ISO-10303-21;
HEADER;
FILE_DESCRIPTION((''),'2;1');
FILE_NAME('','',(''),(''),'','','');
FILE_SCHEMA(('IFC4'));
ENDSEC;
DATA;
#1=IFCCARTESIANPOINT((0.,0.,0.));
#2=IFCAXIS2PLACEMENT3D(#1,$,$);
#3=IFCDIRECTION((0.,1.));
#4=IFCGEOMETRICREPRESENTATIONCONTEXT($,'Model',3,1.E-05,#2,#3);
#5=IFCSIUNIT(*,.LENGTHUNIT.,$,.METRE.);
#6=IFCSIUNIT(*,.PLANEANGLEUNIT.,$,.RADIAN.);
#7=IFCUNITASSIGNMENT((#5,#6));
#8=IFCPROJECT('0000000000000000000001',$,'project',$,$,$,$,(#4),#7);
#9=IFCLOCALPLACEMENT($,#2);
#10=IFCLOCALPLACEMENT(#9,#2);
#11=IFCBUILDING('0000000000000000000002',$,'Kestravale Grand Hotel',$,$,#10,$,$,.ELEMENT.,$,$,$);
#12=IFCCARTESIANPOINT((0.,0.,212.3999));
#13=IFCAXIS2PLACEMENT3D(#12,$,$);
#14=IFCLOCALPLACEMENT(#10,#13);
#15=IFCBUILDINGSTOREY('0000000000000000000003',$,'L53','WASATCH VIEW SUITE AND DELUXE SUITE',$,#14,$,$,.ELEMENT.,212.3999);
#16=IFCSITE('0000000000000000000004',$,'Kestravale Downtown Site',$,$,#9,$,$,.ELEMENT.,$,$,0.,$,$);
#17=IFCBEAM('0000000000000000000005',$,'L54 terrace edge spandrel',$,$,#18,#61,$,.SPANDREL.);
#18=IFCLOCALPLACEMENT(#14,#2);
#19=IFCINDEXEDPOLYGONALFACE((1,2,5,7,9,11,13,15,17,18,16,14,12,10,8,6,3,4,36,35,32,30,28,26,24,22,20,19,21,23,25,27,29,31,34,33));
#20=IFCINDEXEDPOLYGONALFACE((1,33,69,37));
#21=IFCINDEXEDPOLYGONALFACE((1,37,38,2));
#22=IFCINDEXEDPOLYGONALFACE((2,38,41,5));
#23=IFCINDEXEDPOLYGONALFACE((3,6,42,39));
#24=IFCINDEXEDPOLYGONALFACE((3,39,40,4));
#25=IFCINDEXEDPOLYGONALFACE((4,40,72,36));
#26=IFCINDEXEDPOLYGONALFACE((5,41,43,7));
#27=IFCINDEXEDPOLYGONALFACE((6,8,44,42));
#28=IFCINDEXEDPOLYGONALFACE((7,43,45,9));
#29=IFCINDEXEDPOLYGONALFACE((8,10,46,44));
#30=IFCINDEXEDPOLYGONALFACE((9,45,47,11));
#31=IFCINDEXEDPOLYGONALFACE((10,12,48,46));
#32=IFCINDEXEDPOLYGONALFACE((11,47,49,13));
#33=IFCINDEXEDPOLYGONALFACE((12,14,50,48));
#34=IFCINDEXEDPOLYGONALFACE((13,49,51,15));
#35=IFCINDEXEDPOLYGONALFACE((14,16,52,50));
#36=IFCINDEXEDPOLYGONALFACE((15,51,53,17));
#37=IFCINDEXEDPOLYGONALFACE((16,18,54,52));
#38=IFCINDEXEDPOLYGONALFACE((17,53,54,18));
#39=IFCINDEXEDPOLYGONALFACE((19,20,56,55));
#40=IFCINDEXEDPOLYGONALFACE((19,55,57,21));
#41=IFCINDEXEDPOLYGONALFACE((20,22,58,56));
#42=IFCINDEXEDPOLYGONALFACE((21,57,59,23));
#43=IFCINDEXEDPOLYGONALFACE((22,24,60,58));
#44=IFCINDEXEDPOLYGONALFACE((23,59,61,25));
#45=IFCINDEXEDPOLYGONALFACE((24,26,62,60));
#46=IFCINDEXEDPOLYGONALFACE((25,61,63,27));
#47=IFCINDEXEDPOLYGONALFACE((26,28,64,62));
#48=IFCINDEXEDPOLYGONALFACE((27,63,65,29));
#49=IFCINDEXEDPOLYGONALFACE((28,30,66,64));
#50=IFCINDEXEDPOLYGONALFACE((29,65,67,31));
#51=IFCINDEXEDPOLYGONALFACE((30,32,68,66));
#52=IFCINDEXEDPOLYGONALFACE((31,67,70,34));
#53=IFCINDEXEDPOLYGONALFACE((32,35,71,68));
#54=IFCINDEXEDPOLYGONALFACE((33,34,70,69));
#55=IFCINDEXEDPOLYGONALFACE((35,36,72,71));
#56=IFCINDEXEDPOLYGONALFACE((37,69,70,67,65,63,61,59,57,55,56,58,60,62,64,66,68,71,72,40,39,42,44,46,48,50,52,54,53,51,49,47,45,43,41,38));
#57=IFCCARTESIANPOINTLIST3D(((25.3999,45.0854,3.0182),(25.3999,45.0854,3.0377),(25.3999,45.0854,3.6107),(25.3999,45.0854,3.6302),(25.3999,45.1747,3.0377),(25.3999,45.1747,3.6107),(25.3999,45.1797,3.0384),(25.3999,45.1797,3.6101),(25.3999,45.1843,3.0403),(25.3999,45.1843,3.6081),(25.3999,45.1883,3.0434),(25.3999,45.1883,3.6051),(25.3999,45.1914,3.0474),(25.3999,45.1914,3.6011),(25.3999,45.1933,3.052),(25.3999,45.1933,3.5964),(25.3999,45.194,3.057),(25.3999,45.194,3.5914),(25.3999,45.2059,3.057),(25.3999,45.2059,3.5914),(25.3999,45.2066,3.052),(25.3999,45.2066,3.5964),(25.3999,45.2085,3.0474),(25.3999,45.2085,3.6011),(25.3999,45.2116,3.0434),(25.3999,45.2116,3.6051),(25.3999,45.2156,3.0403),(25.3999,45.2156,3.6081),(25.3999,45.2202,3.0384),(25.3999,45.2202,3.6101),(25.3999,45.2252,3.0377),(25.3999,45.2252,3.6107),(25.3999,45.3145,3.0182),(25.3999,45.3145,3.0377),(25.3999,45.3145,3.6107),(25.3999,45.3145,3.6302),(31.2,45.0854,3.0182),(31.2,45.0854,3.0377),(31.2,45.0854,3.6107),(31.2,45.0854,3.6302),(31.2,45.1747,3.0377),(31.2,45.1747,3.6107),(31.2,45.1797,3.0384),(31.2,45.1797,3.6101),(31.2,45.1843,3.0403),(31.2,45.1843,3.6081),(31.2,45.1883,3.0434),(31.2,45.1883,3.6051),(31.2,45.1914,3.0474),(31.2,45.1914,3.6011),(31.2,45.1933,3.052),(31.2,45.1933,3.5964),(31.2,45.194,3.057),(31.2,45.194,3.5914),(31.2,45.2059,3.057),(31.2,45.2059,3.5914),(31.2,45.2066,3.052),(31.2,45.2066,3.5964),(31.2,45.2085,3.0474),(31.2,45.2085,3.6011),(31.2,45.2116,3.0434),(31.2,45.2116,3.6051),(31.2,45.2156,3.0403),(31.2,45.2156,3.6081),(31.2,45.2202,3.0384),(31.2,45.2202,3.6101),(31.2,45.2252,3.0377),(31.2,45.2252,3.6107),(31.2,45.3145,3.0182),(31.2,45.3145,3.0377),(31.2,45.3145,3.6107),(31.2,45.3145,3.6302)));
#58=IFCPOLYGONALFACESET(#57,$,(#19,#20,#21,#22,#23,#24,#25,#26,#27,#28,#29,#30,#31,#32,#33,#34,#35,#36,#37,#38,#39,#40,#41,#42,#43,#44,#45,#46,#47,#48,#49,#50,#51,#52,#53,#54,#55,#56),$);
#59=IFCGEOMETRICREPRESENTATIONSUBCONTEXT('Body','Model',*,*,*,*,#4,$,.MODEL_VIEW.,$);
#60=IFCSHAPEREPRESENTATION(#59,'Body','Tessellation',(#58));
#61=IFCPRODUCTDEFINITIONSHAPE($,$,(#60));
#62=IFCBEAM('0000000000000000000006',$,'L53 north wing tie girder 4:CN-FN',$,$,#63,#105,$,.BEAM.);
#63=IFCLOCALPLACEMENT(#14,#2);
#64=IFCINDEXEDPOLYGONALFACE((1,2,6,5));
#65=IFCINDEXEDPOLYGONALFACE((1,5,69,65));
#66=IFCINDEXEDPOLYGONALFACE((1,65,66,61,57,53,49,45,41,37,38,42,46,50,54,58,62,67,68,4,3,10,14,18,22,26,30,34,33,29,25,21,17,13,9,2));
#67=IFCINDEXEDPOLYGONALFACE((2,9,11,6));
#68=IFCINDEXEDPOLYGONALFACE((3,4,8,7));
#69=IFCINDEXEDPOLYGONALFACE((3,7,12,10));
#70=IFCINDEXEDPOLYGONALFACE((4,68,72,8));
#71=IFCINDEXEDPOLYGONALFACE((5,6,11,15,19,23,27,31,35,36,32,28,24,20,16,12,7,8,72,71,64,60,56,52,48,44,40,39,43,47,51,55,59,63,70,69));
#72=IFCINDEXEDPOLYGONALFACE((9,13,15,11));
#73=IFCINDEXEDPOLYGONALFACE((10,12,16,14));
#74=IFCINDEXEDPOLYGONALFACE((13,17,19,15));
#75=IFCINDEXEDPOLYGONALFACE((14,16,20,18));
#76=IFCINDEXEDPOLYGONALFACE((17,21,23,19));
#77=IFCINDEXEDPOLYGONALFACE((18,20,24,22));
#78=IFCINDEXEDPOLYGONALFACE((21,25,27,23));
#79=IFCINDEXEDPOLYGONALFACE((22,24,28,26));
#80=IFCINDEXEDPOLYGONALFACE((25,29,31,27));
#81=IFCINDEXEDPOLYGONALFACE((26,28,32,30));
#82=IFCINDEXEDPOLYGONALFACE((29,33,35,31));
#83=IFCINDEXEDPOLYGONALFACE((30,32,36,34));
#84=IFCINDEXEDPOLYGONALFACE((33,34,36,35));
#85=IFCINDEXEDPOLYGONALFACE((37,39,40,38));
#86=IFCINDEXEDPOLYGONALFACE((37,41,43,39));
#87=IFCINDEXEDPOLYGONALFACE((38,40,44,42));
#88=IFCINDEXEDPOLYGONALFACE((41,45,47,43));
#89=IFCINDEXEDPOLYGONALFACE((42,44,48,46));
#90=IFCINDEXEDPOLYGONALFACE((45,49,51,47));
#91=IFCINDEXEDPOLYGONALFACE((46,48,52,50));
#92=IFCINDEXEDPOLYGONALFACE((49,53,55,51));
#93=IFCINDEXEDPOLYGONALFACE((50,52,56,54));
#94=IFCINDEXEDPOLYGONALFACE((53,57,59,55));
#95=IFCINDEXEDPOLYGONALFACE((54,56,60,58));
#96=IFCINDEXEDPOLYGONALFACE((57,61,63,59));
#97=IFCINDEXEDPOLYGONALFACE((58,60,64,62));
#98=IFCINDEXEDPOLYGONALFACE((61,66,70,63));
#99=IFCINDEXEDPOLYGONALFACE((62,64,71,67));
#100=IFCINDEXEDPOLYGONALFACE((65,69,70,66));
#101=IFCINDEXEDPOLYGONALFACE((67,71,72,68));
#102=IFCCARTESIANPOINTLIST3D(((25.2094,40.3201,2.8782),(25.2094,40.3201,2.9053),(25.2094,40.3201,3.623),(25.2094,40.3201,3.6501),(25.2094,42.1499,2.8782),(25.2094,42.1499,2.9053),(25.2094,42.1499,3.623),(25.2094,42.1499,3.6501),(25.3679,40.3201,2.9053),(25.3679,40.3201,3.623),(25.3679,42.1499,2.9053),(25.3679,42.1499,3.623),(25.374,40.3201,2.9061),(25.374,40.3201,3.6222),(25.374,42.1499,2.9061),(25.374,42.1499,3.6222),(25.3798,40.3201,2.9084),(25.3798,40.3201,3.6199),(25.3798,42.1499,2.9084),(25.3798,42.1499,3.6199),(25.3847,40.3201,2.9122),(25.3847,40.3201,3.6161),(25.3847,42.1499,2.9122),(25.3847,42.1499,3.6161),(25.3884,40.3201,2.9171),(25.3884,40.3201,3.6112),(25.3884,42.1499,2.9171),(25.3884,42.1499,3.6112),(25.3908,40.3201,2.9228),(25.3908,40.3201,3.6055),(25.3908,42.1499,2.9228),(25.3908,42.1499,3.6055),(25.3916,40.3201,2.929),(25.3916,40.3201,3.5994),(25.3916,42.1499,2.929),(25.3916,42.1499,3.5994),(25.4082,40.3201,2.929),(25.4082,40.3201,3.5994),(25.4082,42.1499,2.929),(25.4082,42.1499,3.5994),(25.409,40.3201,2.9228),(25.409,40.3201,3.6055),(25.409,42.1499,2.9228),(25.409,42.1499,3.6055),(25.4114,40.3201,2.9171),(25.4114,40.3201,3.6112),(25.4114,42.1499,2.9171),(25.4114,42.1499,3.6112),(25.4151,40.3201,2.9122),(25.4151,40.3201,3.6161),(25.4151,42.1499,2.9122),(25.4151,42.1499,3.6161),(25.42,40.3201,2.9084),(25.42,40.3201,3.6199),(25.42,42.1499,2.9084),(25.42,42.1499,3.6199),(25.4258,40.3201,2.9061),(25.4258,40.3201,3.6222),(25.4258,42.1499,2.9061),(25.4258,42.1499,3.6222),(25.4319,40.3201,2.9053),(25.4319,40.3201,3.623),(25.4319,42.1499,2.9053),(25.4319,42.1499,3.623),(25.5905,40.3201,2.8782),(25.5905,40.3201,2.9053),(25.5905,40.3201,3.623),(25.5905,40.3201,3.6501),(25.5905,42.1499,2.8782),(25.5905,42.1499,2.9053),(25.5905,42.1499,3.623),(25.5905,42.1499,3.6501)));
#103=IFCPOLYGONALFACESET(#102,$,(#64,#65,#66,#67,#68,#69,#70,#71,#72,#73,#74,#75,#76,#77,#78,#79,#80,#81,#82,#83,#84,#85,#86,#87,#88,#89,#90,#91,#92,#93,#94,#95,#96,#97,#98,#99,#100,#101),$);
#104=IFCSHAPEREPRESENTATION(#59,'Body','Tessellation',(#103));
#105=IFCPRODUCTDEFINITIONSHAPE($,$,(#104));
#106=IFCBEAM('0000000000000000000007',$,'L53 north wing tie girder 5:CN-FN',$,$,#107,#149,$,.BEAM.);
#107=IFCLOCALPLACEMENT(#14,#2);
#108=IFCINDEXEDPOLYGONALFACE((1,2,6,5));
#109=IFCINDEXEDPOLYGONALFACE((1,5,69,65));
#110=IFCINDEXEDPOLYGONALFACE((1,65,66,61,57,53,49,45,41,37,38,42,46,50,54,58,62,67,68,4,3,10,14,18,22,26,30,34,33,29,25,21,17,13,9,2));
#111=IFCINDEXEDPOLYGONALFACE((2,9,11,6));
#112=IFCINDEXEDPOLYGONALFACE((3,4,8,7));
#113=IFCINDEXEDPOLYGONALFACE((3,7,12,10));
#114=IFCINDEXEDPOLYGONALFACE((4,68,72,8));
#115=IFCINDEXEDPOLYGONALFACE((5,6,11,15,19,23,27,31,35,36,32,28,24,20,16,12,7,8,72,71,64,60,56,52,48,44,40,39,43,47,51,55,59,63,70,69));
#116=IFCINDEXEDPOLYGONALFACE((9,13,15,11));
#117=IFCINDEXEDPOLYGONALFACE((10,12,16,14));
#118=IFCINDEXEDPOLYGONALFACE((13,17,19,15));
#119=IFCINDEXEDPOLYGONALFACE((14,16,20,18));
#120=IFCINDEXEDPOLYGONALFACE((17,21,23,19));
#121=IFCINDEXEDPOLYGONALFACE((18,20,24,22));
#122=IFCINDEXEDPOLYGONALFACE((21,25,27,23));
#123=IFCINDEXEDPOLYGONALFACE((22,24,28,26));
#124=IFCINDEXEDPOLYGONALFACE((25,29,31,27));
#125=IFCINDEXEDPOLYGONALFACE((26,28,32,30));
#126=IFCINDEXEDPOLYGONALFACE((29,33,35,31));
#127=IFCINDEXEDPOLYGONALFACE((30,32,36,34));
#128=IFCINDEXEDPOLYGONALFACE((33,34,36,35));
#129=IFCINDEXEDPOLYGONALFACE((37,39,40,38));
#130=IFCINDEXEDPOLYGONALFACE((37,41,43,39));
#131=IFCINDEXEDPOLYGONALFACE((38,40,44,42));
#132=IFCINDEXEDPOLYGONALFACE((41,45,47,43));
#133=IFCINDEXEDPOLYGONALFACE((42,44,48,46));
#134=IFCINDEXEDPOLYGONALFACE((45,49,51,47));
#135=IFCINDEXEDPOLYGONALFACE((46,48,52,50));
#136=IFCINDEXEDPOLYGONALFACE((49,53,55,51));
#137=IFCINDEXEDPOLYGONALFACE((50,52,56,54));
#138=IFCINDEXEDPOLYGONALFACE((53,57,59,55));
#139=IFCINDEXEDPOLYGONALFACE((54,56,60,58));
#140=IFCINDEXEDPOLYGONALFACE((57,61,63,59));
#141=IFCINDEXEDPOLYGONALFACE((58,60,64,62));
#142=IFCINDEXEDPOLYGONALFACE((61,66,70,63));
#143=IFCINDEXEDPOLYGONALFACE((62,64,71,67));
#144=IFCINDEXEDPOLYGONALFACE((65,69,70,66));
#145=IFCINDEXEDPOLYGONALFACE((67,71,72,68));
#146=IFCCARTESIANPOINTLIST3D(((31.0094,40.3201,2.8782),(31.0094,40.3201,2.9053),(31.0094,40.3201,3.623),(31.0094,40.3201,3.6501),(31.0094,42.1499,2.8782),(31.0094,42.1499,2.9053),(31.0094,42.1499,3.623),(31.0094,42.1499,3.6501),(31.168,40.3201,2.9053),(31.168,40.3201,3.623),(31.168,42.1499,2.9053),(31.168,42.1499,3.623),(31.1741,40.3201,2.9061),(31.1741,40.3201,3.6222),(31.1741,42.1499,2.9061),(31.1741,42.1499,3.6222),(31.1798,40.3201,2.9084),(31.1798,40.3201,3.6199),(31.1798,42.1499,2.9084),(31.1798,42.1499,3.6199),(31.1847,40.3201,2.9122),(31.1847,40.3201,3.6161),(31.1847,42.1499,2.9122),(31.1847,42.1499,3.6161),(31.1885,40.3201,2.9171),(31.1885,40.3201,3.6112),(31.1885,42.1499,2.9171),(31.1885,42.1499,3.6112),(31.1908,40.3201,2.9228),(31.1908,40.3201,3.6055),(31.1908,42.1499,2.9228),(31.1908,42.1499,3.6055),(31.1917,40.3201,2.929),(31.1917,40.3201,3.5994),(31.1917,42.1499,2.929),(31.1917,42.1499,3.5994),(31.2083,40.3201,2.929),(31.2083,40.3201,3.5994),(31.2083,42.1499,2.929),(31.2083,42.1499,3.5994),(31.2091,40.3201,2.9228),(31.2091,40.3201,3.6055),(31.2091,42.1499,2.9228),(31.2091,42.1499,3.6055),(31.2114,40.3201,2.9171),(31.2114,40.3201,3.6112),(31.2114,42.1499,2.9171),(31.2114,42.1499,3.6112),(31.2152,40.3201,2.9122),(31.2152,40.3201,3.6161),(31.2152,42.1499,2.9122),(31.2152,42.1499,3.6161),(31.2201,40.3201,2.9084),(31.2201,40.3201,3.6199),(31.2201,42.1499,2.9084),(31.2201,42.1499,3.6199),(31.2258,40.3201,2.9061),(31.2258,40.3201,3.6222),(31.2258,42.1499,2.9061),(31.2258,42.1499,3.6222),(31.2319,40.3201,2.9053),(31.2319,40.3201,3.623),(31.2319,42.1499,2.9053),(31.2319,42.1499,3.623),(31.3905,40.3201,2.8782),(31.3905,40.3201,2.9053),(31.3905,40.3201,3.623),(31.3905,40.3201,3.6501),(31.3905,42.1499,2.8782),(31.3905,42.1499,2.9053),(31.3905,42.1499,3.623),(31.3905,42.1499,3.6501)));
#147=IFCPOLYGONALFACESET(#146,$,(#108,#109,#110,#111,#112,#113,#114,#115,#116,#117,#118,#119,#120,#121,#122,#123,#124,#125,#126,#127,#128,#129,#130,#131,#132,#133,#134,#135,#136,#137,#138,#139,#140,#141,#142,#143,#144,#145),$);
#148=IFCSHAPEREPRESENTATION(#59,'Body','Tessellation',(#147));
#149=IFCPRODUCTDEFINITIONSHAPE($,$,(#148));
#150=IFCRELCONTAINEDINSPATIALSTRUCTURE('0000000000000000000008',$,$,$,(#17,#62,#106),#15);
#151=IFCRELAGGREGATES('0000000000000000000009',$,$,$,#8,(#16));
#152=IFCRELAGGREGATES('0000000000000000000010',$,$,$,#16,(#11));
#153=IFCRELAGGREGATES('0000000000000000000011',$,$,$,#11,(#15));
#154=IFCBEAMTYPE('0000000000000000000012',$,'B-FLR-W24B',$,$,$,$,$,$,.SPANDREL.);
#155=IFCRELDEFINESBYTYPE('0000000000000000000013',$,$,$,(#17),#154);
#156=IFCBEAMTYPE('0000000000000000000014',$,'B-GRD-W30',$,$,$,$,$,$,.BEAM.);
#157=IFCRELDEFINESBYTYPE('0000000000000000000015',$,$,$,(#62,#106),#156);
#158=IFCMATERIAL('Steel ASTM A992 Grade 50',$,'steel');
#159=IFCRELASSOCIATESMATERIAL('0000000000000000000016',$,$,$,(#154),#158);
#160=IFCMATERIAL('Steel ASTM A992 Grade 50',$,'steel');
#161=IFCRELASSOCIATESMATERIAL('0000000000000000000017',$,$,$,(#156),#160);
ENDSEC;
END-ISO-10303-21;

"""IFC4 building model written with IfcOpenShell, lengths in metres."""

from ifc_helpers import new_model, si_unit, direction, frame, origin, origin_2d, place, context, subcontext, project, spatial, i_section, extrude, material, material_profile, profile_set, type_object, element, save


model = new_model("IFC4")

# Units and contexts
model_context = context("Model", 3, precision=1e-05, world=origin(), true_north=direction((0.0, 1.0)))
body_context = subcontext(model_context, "Body", "Model", "MODEL_VIEW")
ifc_project = project(units=[si_unit("LENGTHUNIT", "METRE"), si_unit("PLANEANGLEUNIT", "RADIAN")], contexts=[model_context])

# Site, building, storey
site_placement = place(None, origin())
site = spatial("IfcSite", under=ifc_project, at=site_placement, Name="Kestravale Downtown Site", CompositionType="ELEMENT", RefElevation=0.0)
building_placement = place(site_placement, origin())
building = spatial("IfcBuilding", under=site, at=building_placement, Name="Kestravale Grand Hotel", CompositionType="ELEMENT")
storey_placement = place(building_placement, frame((0.0, 0.0, 212.3999)))
storey = spatial("IfcBuildingStorey", under=building, at=storey_placement, Name="L53", Description="WASATCH VIEW SUITE AND DELUXE SUITE", CompositionType="ELEMENT", Elevation=212.3999)

# Beams
ifc_material_1 = material(Name="Steel ASTM A992 Grade 50", Category="steel")
ifc_material_profile_1 = material_profile(ifc_material_1, i_section(OverallWidth=0.229, OverallDepth=0.6121, WebThickness=0.012, FlangeThickness=0.0195, FilletRadius=0.0193, at=origin_2d()))
ifc_profile_set_1 = profile_set([ifc_material_profile_1], Name="Steel ASTM A992 Grade 50")
beam_type_1 = type_object("IfcBeamType", Name="B-FLR-W24B", PredefinedType="SPANDREL", material=ifc_profile_set_1)
beam_1_placement = place(storey_placement, frame((25.3999, 45.2, 3.3242), z_axis=(1.0, 0.0, 0.0), x_axis=(0.0, 1.0, 0.0)))
element("IfcBeam", 1, at=beam_1_placement, inside=storey, type_object=beam_type_1, Name="L54 terrace edge spandrel", PredefinedType="SPANDREL", context=body_context, shape_type="SweptSolid", body=[
    extrude(i_section(OverallWidth=0.229, OverallDepth=0.6121, WebThickness=0.012, FlangeThickness=0.0195, FilletRadius=0.0193, at=origin_2d()), origin(), (0.0, 0.0, 1.0), 5.8),
])
ifc_material_2 = material(Name="Steel ASTM A992 Grade 50", Category="steel")
ifc_material_profile_2 = material_profile(ifc_material_2, i_section(OverallWidth=0.3811, OverallDepth=0.772, WebThickness=0.0166, FlangeThickness=0.0271, FilletRadius=0.0237, at=origin_2d()))
ifc_profile_set_2 = profile_set([ifc_material_profile_2], Name="Steel ASTM A992 Grade 50")
beam_type_2 = type_object("IfcBeamType", Name="B-GRD-W30", PredefinedType="BEAM", material=ifc_profile_set_2)
for number, where, z_axis, x_axis, name in (
    (2, (25.3999, 40.3201, 3.2642), (0.0, 1.0, 0.0), (-1.0, 0.0, 0.0), "L53 north wing tie girder 4:CN-FN"),
    (3, (31.2, 40.3201, 3.2642), (0.0, 1.0, 0.0), (-1.0, 0.0, 0.0), "L53 north wing tie girder 5:CN-FN"),
):
    element("IfcBeam", number, at=place(storey_placement, frame(where, z_axis=z_axis, x_axis=x_axis)), inside=storey, type_object=beam_type_2, Name=name, PredefinedType="BEAM", context=body_context, shape_type="SweptSolid", body=[
        extrude(i_section(OverallWidth=0.3811, OverallDepth=0.772, WebThickness=0.0166, FlangeThickness=0.0271, FilletRadius=0.0237, at=origin_2d()), origin(), (0.0, 0.0, 1.0), 1.8298),
    ])

save(model, "model.ifc")
